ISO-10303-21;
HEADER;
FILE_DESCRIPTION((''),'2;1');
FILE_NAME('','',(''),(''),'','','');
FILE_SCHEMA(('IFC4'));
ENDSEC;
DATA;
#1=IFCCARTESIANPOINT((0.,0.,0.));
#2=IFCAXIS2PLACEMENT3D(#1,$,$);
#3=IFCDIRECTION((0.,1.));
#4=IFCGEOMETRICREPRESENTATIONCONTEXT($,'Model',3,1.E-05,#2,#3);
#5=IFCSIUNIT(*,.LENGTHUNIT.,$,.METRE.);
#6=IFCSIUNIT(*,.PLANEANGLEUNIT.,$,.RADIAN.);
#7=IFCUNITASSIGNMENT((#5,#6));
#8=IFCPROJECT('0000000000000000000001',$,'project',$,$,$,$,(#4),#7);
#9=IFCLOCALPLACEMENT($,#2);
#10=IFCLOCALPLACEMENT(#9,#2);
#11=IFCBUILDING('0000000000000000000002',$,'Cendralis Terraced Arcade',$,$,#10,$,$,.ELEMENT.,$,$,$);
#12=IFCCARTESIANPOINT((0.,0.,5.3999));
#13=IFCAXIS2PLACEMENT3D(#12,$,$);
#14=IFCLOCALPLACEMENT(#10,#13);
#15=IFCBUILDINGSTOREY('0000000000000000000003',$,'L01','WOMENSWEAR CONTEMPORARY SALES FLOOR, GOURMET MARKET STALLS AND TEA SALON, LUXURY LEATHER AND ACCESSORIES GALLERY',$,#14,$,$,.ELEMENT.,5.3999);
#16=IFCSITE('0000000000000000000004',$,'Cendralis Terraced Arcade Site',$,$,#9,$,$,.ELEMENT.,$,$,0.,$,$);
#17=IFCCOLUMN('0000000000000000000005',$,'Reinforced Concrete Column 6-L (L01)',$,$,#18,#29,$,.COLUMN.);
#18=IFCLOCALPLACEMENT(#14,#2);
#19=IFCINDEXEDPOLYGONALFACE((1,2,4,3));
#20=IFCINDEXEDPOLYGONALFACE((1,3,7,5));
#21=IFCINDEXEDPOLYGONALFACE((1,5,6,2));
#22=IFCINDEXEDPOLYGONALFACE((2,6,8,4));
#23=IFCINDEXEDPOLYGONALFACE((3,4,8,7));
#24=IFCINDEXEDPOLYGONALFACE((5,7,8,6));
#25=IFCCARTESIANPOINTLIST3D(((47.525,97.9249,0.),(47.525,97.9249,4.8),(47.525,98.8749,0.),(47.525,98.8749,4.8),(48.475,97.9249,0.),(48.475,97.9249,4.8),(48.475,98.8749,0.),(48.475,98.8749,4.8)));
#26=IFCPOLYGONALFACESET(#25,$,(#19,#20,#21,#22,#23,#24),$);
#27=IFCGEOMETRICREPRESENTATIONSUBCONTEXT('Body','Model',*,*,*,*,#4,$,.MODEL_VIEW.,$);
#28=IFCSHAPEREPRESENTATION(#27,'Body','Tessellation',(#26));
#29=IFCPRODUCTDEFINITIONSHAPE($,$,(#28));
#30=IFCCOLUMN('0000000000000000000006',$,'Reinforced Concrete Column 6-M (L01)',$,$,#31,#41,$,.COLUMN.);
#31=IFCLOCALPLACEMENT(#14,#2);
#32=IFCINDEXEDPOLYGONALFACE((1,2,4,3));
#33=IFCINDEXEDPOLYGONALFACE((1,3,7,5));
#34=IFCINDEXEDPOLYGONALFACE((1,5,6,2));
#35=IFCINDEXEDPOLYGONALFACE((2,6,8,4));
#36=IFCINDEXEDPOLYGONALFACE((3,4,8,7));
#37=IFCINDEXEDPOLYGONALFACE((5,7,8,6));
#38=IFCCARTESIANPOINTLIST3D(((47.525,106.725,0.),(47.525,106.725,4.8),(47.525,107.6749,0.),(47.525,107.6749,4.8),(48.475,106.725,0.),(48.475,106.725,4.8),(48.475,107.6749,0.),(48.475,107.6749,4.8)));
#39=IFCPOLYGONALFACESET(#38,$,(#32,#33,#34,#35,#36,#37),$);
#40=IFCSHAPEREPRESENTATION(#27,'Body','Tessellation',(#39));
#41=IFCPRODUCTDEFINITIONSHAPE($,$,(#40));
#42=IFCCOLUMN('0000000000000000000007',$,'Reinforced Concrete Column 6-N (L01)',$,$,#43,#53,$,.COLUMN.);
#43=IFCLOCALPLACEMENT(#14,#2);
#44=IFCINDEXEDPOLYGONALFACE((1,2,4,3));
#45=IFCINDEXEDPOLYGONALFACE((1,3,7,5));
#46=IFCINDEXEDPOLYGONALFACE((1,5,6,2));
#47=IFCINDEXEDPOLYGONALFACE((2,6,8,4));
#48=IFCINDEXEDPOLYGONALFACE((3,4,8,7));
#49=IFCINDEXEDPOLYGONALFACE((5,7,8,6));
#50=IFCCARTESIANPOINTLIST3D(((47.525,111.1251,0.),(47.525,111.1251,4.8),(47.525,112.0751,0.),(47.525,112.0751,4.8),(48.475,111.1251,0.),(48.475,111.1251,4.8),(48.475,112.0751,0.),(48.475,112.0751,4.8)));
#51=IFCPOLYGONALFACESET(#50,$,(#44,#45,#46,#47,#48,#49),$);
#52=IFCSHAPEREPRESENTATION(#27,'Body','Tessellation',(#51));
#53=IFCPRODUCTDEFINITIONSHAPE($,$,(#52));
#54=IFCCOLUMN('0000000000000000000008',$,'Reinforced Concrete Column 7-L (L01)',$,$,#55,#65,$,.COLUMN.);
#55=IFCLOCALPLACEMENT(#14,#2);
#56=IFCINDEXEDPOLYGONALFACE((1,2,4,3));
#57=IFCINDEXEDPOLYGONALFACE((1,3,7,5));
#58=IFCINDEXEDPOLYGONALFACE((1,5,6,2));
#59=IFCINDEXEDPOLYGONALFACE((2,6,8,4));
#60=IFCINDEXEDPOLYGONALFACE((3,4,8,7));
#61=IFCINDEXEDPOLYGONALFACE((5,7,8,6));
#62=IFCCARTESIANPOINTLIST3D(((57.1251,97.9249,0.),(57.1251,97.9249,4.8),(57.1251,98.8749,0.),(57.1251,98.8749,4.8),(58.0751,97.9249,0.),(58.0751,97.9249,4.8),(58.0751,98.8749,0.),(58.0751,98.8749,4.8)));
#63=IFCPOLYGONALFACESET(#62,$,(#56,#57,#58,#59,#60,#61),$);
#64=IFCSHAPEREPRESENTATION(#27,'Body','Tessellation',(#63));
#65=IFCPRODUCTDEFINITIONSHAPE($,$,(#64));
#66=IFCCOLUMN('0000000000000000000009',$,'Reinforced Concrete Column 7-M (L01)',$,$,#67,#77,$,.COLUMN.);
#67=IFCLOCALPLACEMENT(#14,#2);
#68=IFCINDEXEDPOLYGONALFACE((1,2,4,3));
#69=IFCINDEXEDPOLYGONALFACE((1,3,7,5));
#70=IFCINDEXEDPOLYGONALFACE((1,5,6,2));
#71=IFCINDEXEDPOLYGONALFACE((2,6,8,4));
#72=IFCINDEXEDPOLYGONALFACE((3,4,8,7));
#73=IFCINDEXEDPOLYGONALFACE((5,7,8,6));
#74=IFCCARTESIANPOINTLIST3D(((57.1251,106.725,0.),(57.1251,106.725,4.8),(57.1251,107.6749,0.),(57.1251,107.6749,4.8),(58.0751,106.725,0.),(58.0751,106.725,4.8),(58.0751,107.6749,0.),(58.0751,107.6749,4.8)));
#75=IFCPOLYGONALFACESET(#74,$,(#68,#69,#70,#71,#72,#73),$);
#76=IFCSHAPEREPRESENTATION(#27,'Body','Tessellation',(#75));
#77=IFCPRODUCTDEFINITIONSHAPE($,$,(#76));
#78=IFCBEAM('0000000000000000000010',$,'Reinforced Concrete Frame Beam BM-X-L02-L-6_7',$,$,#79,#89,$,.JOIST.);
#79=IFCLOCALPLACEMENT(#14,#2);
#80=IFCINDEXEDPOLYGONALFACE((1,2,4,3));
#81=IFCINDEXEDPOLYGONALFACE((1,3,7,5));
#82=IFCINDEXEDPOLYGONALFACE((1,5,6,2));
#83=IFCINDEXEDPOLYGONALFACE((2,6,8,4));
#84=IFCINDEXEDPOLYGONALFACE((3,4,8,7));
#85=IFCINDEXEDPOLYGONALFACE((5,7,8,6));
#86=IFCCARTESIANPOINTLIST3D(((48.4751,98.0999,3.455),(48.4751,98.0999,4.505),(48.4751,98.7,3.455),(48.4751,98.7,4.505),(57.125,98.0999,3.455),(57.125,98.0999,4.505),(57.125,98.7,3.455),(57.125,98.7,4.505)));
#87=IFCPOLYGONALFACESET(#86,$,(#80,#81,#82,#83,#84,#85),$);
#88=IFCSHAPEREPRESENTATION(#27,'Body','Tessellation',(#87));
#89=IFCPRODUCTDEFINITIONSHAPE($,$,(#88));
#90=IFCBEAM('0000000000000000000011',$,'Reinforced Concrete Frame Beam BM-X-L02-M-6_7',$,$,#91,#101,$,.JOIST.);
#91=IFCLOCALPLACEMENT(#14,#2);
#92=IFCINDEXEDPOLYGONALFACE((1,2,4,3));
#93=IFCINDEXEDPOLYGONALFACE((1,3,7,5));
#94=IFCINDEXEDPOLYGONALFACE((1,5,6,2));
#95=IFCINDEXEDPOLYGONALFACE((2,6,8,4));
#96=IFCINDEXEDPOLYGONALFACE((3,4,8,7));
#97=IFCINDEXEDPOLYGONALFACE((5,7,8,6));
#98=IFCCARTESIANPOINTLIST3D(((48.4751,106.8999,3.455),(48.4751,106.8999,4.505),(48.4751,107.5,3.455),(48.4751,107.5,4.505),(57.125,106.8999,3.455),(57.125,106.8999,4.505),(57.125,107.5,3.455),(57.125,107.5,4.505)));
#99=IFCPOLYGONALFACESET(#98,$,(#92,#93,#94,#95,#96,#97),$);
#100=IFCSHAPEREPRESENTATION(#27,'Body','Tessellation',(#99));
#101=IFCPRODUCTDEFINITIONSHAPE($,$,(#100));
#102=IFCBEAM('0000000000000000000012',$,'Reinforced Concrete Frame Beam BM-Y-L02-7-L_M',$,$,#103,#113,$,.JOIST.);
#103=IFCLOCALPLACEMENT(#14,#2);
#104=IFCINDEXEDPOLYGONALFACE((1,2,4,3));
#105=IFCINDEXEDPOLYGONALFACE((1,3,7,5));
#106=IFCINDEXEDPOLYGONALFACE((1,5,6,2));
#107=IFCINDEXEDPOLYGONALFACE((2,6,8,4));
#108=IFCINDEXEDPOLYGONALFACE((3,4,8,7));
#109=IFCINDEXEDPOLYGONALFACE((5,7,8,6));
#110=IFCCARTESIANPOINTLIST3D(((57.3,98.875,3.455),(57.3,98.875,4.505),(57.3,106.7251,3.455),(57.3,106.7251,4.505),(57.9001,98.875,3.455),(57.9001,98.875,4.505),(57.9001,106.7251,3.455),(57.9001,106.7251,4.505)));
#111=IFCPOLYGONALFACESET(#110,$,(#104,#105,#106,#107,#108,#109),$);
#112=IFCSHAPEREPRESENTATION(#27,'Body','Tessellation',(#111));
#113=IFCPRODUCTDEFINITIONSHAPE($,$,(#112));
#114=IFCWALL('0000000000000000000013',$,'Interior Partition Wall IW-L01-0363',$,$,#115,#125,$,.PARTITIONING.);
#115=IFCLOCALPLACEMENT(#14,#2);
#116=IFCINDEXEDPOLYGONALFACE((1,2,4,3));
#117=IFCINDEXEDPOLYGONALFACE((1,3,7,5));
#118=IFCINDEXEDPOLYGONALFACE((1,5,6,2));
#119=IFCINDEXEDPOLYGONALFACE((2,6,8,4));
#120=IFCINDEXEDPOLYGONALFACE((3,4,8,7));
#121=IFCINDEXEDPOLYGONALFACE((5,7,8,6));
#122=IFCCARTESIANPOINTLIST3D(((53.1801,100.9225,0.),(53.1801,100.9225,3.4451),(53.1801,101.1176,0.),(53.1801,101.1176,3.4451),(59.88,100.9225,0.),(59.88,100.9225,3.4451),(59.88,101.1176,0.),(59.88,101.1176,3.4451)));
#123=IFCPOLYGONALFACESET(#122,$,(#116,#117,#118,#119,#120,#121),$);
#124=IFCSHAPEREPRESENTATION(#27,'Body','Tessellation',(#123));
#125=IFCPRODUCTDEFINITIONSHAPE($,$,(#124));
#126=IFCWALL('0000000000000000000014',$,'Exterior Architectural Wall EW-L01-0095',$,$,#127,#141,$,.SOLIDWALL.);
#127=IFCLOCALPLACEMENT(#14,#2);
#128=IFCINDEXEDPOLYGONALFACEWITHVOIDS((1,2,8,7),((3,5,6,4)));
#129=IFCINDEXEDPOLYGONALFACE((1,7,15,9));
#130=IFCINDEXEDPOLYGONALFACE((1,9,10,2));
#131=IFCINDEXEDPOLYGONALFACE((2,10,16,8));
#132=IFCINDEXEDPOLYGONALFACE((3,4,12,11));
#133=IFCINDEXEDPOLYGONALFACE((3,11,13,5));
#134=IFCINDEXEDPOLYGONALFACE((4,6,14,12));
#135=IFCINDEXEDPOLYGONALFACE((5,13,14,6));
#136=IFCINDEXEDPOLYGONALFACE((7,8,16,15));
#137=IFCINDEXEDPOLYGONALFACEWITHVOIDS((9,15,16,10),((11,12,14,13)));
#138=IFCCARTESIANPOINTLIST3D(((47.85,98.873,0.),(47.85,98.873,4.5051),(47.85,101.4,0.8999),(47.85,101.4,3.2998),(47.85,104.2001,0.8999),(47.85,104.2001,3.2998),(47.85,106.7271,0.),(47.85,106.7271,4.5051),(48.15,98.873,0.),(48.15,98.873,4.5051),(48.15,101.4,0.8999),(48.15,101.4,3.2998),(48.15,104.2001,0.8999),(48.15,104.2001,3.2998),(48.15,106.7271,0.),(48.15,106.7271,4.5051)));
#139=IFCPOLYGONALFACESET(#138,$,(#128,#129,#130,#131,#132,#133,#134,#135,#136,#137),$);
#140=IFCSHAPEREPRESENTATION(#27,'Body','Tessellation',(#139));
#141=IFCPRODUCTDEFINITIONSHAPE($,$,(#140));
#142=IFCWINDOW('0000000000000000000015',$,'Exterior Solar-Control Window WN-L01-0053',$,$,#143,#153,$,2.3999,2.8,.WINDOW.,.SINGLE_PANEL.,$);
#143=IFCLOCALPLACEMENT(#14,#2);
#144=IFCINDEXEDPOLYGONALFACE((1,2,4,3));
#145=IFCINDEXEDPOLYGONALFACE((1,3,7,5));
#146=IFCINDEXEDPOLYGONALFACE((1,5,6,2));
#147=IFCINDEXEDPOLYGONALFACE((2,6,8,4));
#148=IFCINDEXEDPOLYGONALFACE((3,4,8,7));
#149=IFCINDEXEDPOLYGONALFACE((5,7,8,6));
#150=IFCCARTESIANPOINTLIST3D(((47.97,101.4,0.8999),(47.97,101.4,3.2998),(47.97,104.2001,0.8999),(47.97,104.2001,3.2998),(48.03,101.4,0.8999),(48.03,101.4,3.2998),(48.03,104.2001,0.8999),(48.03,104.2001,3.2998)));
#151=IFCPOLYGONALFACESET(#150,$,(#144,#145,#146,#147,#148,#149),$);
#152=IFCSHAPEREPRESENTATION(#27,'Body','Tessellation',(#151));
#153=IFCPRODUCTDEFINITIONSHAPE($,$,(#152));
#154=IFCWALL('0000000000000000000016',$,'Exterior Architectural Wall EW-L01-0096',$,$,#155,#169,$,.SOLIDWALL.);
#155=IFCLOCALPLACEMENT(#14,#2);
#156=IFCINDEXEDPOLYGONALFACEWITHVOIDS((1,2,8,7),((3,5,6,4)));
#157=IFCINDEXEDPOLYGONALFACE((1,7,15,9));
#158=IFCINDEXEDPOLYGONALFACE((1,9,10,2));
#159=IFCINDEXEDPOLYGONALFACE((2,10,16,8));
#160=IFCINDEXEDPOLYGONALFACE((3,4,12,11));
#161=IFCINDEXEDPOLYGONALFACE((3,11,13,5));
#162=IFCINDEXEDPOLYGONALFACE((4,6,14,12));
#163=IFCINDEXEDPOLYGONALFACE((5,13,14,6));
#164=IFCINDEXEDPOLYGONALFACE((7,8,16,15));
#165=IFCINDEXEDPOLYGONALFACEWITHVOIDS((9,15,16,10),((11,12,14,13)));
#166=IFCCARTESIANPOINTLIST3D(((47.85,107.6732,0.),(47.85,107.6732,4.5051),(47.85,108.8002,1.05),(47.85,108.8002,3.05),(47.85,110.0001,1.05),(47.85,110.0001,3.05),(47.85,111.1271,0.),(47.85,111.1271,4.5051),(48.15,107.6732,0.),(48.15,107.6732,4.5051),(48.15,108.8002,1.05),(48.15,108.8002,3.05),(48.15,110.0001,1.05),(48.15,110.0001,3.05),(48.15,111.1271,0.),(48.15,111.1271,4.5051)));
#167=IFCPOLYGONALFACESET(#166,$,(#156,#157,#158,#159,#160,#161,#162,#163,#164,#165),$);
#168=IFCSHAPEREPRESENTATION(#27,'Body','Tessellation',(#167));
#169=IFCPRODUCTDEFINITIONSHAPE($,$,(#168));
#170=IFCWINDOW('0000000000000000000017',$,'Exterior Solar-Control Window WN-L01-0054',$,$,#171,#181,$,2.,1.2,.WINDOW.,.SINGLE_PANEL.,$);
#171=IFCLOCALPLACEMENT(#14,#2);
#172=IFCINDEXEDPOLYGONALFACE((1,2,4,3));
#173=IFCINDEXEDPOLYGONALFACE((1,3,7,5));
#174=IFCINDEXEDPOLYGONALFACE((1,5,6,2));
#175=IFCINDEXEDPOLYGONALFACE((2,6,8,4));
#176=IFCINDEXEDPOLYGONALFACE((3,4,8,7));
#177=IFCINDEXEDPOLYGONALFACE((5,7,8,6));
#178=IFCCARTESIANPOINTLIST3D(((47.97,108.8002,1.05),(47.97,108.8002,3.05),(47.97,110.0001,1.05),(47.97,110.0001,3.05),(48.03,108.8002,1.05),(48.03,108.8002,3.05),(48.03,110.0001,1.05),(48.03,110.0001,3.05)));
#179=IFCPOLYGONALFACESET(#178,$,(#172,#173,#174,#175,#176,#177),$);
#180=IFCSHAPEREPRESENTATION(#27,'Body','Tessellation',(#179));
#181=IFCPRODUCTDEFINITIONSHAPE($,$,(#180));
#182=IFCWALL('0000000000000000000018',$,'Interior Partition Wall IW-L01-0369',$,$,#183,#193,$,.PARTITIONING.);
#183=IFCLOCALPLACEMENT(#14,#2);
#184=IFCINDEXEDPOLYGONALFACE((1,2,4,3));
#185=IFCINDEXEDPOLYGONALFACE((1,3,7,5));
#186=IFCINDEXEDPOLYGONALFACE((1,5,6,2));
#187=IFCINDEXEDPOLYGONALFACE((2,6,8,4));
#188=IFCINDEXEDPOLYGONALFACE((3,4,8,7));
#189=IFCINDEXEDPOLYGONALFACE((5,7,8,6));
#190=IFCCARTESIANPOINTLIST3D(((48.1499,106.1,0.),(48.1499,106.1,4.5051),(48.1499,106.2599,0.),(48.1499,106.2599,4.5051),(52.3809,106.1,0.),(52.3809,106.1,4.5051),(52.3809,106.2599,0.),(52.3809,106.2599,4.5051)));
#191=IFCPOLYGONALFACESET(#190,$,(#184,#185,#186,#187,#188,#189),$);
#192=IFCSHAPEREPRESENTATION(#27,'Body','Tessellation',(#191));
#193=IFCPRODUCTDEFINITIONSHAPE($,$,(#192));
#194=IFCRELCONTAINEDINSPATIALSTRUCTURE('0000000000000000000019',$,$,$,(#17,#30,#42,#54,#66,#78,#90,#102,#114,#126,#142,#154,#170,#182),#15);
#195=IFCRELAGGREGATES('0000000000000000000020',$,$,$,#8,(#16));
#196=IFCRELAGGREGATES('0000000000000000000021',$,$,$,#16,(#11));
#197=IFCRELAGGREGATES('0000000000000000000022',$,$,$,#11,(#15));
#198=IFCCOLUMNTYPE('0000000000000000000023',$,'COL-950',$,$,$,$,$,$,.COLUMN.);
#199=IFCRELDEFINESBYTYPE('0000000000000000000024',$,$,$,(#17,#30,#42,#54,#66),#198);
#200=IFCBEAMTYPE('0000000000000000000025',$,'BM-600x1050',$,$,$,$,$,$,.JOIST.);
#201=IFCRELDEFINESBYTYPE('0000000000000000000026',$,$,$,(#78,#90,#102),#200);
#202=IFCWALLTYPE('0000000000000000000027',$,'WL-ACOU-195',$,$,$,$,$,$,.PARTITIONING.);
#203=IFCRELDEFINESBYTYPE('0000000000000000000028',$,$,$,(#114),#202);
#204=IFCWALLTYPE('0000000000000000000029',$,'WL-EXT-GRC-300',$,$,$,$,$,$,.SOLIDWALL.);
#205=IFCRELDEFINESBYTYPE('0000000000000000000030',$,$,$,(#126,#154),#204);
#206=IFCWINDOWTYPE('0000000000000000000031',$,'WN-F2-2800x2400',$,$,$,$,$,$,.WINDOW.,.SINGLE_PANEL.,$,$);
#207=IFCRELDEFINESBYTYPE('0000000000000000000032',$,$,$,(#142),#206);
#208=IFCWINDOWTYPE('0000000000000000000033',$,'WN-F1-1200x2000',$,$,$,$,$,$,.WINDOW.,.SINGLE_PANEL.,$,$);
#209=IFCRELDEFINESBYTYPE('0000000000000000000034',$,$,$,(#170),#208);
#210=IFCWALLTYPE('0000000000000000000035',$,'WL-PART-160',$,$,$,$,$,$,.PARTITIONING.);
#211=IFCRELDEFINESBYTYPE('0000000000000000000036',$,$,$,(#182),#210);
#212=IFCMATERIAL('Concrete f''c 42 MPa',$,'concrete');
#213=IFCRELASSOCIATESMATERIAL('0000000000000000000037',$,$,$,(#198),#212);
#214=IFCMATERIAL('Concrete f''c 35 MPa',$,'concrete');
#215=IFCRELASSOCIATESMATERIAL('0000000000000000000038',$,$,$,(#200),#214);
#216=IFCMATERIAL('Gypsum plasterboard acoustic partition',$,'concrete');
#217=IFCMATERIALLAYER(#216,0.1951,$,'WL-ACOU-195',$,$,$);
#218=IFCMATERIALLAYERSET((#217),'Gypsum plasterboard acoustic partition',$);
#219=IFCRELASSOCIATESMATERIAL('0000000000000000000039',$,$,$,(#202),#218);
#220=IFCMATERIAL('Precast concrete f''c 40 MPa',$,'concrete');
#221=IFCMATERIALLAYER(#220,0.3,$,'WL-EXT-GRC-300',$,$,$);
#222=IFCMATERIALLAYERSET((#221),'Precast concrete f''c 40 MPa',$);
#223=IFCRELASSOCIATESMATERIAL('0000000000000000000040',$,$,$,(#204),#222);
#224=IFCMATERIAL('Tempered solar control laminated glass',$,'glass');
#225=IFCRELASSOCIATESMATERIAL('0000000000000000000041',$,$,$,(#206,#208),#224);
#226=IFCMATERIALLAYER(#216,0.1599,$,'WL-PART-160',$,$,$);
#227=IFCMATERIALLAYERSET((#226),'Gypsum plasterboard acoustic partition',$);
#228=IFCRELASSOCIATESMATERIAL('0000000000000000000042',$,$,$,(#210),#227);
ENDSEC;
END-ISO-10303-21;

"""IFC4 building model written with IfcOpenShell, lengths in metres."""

from ifc_helpers import new_model, si_unit, direction, frame, frame_2d, origin, origin_2d, place, context, subcontext, project, spatial, rectangle, extrude, material, layer, layer_set, material_profile, profile_set, type_object, element, fill, save


model = new_model("IFC4")

# Units and contexts
model_context = context("Model", 3, precision=1e-05, world=origin(), true_north=direction((0.0, 1.0)))
body_context = subcontext(model_context, "Body", "Model", "MODEL_VIEW")
ifc_project = project(units=[si_unit("LENGTHUNIT", "METRE"), si_unit("PLANEANGLEUNIT", "RADIAN")], contexts=[model_context])

# Site, building, storey
site_placement = place(None, origin())
site = spatial("IfcSite", under=ifc_project, at=site_placement, Name="Cendralis Terraced Arcade Site", CompositionType="ELEMENT", RefElevation=0.0)
building_placement = place(site_placement, origin())
building = spatial("IfcBuilding", under=site, at=building_placement, Name="Cendralis Terraced Arcade", CompositionType="ELEMENT")
storey_placement = place(building_placement, frame((0.0, 0.0, 5.3999)))
storey = spatial("IfcBuildingStorey", under=building, at=storey_placement, Name="L01", Description="WOMENSWEAR CONTEMPORARY SALES FLOOR, GOURMET MARKET STALLS AND TEA SALON, LUXURY LEATHER AND ACCESSORIES GALLERY", CompositionType="ELEMENT", Elevation=5.3999)

# Columns
ifc_material_1 = material(Name="Concrete f'c 42 MPa", Category="concrete")
ifc_material_profile_1 = material_profile(ifc_material_1, rectangle(XDim=0.95, YDim=0.95, at=origin_2d()), Name="RC-COL-950x950", Category="LoadBearing")
ifc_profile_set_1 = profile_set([ifc_material_profile_1], Name="Concrete f'c 42 MPa")
column_type = type_object("IfcColumnType", Name="COL-950", PredefinedType="COLUMN", material=ifc_profile_set_1)
for number, where, z_axis, x_axis, name in (
    (1, (48.0, 98.3999, 0.0), (0.0, 0.0, 1.0), (1.0, 0.0, 0.0), "Reinforced Concrete Column 6-L (L01)"),
    (2, (48.0, 107.2, 0.0), (0.0, 0.0, 1.0), (1.0, 0.0, 0.0), "Reinforced Concrete Column 6-M (L01)"),
    (3, (48.0, 111.6001, 0.0), (0.0, 0.0, 1.0), (1.0, 0.0, 0.0), "Reinforced Concrete Column 6-N (L01)"),
    (4, (57.6001, 98.3999, 0.0), (0.0, 0.0, 1.0), (1.0, 0.0, 0.0), "Reinforced Concrete Column 7-L (L01)"),
    (5, (57.6001, 107.2, 0.0), (0.0, 0.0, 1.0), (1.0, 0.0, 0.0), "Reinforced Concrete Column 7-M (L01)"),
):
    element("IfcColumn", number, at=place(storey_placement, frame(where, z_axis=z_axis, x_axis=x_axis)), inside=storey, type_object=column_type, Name=name, PredefinedType="COLUMN", context=body_context, shape_type="SweptSolid", body=[
        extrude(rectangle(XDim=0.95, YDim=0.95, at=origin_2d()), origin(), (0.0, 0.0, 1.0), 4.8),
    ])

# Beams
ifc_material_2 = material(Name="Concrete f'c 35 MPa", Category="concrete")
ifc_material_profile_2 = material_profile(ifc_material_2, rectangle(XDim=0.6001, YDim=1.05, at=origin_2d()), Name="RC-BM-600x1050", Category="LoadBearing")
ifc_profile_set_2 = profile_set([ifc_material_profile_2], Name="Concrete f'c 35 MPa")
beam_type = type_object("IfcBeamType", Name="BM-600x1050", PredefinedType="JOIST", material=ifc_profile_set_2)
for number, where, z_axis, x_axis, name in (
    (6, (48.4751, 98.3999, 3.98), (1.0, 0.0, 0.0), (0.0, 1.0, 0.0), "Reinforced Concrete Frame Beam BM-X-L02-L-6_7"),
    (7, (48.4751, 107.2, 3.98), (1.0, 0.0, 0.0), (0.0, 1.0, 0.0), "Reinforced Concrete Frame Beam BM-X-L02-M-6_7"),
):
    element("IfcBeam", number, at=place(storey_placement, frame(where, z_axis=z_axis, x_axis=x_axis)), inside=storey, type_object=beam_type, Name=name, PredefinedType="JOIST", context=body_context, shape_type="SweptSolid", body=[
        extrude(rectangle(XDim=0.6001, YDim=1.05, at=origin_2d()), origin(), (0.0, 0.0, 1.0), 8.6499),
    ])
beam_placement = place(storey_placement, frame((57.6001, 98.875, 3.98), z_axis=(0.0, 1.0, 0.0), x_axis=(-1.0, 0.0, 0.0)))
element("IfcBeam", 8, at=beam_placement, inside=storey, type_object=beam_type, Name="Reinforced Concrete Frame Beam BM-Y-L02-7-L_M", PredefinedType="JOIST", context=body_context, shape_type="SweptSolid", body=[
    extrude(rectangle(XDim=0.6001, YDim=1.05, at=origin_2d()), origin(), (0.0, 0.0, 1.0), 7.8501),
])

# Wall
ifc_material_3 = material(Name="Gypsum plasterboard acoustic partition", Category="concrete")
ifc_layer_1 = layer(ifc_material_3, 0.1951, Name="WL-ACOU-195")
ifc_layer_set_1 = layer_set([ifc_layer_1], Name="Gypsum plasterboard acoustic partition")
wall_type_1 = type_object("IfcWallType", Name="WL-ACOU-195", PredefinedType="PARTITIONING", material=ifc_layer_set_1)
wall_1_placement = place(storey_placement, frame((53.1799, 101.02, 0.0), z_axis=(0.0, 0.0, 1.0), x_axis=(1.0, 0.0, 0.0)))
element("IfcWall", 9, at=wall_1_placement, inside=storey, type_object=wall_type_1, Name="Interior Partition Wall IW-L01-0363", PredefinedType="PARTITIONING", context=body_context, shape_type="SweptSolid", body=[
    extrude(rectangle(XDim=6.7, YDim=0.1951, at=frame_2d((3.3501, 0.0))), origin(), (0.0, 0.0, 1.0), 3.4451),
])

# Walls, openings, windows
ifc_material_4 = material(Name="Precast concrete f'c 40 MPa", Category="concrete")
ifc_layer_2 = layer(ifc_material_4, 0.3, Name="WL-EXT-GRC-300")
ifc_layer_set_2 = layer_set([ifc_layer_2], Name="Precast concrete f'c 40 MPa")
wall_type_2 = type_object("IfcWallType", Name="WL-EXT-GRC-300", PredefinedType="SOLIDWALL", material=ifc_layer_set_2)
wall_2_placement = place(storey_placement, frame((48.0, 98.873, 0.0), z_axis=(0.0, 0.0, 1.0), x_axis=(0.0, 1.0, 0.0)))
wall_2 = element("IfcWall", 10, at=wall_2_placement, inside=storey, type_object=wall_type_2, Name="Exterior Architectural Wall EW-L01-0095", PredefinedType="SOLIDWALL", context=body_context, shape_type="SweptSolid", body=[
    extrude(rectangle(XDim=7.854, YDim=0.3, at=frame_2d((3.927, 0.0))), origin(), (0.0, 0.0, 1.0), 4.5051),
])
opening_1_placement = place(wall_2_placement, frame((2.5271, 0.0, 0.8999)))
opening_1 = element("IfcOpeningElement", 11, at=opening_1_placement, cuts=wall_2, PredefinedType="OPENING", context=body_context, shape_type="SweptSolid", body=[
    extrude(rectangle(XDim=2.8, YDim=2.3999, at=frame_2d((1.3999, 1.2))), frame((0.0, 0.1621, 0.0), z_axis=(0.0, -1.0, 0.0), x_axis=(1.0, 0.0, 0.0)), (0.0, 0.0, 1.0), 0.324),
])
ifc_material_5 = material(Name="Tempered solar control laminated glass", Category="glass")
window_type_1 = type_object("IfcWindowType", Name="WN-F2-2800x2400", PartitioningType="SINGLE_PANEL", PredefinedType="WINDOW", material=ifc_material_5)
window_1_placement = place(opening_1_placement, origin())
window_1 = element("IfcWindow", 12, at=window_1_placement, inside=storey, type_object=window_type_1, Name="Exterior Solar-Control Window WN-L01-0053", OverallHeight=2.3999, OverallWidth=2.8, PartitioningType="SINGLE_PANEL", PredefinedType="WINDOW", context=body_context, shape_type="SweptSolid", body=[
    extrude(rectangle(XDim=2.8, YDim=2.3999, at=frame_2d((1.3999, 1.2))), frame((0.0, 0.03, 0.0), z_axis=(0.0, -1.0, 0.0), x_axis=(1.0, 0.0, 0.0)), (0.0, 0.0, 1.0), 0.0601),
])
fill(opening_1, window_1)
wall_3_placement = place(storey_placement, frame((48.0, 107.6731, 0.0), z_axis=(0.0, 0.0, 1.0), x_axis=(0.0, 1.0, 0.0)))
wall_3 = element("IfcWall", 13, at=wall_3_placement, inside=storey, type_object=wall_type_2, Name="Exterior Architectural Wall EW-L01-0096", PredefinedType="SOLIDWALL", context=body_context, shape_type="SweptSolid", body=[
    extrude(rectangle(XDim=3.4539, YDim=0.3, at=frame_2d((1.7271, 0.0))), origin(), (0.0, 0.0, 1.0), 4.5051),
])
opening_2_placement = place(wall_3_placement, frame((1.127, 0.0, 1.05)))
opening_2 = element("IfcOpeningElement", 14, at=opening_2_placement, cuts=wall_3, PredefinedType="OPENING", context=body_context, shape_type="SweptSolid", body=[
    extrude(rectangle(XDim=1.2, YDim=2.0, at=frame_2d((0.6001, 1.0))), frame((0.0, 0.1621, 0.0), z_axis=(0.0, -1.0, 0.0), x_axis=(1.0, 0.0, 0.0)), (0.0, 0.0, 1.0), 0.324),
])
window_type_2 = type_object("IfcWindowType", Name="WN-F1-1200x2000", PartitioningType="SINGLE_PANEL", PredefinedType="WINDOW", material=ifc_material_5)
window_2_placement = place(opening_2_placement, origin())
window_2 = element("IfcWindow", 15, at=window_2_placement, inside=storey, type_object=window_type_2, Name="Exterior Solar-Control Window WN-L01-0054", OverallHeight=2.0, OverallWidth=1.2, PartitioningType="SINGLE_PANEL", PredefinedType="WINDOW", context=body_context, shape_type="SweptSolid", body=[
    extrude(rectangle(XDim=1.2, YDim=2.0, at=frame_2d((0.6001, 1.0))), frame((0.0, 0.03, 0.0), z_axis=(0.0, -1.0, 0.0), x_axis=(1.0, 0.0, 0.0)), (0.0, 0.0, 1.0), 0.0601),
])
fill(opening_2, window_2)

# Wall
ifc_layer_3 = layer(ifc_material_3, 0.1599, Name="WL-PART-160")
ifc_layer_set_3 = layer_set([ifc_layer_3], Name="Gypsum plasterboard acoustic partition")
wall_type_3 = type_object("IfcWallType", Name="WL-PART-160", PredefinedType="PARTITIONING", material=ifc_layer_set_3)
wall_4_placement = place(storey_placement, frame((52.3809, 106.1799, 0.0), z_axis=(0.0, 0.0, 1.0), x_axis=(-1.0, 0.0, 0.0)))
element("IfcWall", 16, at=wall_4_placement, inside=storey, type_object=wall_type_3, Name="Interior Partition Wall IW-L01-0369", PredefinedType="PARTITIONING", context=body_context, shape_type="SweptSolid", body=[
    extrude(rectangle(XDim=4.231, YDim=0.1599, at=frame_2d((2.1155, 0.0))), origin(), (0.0, 0.0, 1.0), 4.5051),
])

save(model, "model.ifc")
